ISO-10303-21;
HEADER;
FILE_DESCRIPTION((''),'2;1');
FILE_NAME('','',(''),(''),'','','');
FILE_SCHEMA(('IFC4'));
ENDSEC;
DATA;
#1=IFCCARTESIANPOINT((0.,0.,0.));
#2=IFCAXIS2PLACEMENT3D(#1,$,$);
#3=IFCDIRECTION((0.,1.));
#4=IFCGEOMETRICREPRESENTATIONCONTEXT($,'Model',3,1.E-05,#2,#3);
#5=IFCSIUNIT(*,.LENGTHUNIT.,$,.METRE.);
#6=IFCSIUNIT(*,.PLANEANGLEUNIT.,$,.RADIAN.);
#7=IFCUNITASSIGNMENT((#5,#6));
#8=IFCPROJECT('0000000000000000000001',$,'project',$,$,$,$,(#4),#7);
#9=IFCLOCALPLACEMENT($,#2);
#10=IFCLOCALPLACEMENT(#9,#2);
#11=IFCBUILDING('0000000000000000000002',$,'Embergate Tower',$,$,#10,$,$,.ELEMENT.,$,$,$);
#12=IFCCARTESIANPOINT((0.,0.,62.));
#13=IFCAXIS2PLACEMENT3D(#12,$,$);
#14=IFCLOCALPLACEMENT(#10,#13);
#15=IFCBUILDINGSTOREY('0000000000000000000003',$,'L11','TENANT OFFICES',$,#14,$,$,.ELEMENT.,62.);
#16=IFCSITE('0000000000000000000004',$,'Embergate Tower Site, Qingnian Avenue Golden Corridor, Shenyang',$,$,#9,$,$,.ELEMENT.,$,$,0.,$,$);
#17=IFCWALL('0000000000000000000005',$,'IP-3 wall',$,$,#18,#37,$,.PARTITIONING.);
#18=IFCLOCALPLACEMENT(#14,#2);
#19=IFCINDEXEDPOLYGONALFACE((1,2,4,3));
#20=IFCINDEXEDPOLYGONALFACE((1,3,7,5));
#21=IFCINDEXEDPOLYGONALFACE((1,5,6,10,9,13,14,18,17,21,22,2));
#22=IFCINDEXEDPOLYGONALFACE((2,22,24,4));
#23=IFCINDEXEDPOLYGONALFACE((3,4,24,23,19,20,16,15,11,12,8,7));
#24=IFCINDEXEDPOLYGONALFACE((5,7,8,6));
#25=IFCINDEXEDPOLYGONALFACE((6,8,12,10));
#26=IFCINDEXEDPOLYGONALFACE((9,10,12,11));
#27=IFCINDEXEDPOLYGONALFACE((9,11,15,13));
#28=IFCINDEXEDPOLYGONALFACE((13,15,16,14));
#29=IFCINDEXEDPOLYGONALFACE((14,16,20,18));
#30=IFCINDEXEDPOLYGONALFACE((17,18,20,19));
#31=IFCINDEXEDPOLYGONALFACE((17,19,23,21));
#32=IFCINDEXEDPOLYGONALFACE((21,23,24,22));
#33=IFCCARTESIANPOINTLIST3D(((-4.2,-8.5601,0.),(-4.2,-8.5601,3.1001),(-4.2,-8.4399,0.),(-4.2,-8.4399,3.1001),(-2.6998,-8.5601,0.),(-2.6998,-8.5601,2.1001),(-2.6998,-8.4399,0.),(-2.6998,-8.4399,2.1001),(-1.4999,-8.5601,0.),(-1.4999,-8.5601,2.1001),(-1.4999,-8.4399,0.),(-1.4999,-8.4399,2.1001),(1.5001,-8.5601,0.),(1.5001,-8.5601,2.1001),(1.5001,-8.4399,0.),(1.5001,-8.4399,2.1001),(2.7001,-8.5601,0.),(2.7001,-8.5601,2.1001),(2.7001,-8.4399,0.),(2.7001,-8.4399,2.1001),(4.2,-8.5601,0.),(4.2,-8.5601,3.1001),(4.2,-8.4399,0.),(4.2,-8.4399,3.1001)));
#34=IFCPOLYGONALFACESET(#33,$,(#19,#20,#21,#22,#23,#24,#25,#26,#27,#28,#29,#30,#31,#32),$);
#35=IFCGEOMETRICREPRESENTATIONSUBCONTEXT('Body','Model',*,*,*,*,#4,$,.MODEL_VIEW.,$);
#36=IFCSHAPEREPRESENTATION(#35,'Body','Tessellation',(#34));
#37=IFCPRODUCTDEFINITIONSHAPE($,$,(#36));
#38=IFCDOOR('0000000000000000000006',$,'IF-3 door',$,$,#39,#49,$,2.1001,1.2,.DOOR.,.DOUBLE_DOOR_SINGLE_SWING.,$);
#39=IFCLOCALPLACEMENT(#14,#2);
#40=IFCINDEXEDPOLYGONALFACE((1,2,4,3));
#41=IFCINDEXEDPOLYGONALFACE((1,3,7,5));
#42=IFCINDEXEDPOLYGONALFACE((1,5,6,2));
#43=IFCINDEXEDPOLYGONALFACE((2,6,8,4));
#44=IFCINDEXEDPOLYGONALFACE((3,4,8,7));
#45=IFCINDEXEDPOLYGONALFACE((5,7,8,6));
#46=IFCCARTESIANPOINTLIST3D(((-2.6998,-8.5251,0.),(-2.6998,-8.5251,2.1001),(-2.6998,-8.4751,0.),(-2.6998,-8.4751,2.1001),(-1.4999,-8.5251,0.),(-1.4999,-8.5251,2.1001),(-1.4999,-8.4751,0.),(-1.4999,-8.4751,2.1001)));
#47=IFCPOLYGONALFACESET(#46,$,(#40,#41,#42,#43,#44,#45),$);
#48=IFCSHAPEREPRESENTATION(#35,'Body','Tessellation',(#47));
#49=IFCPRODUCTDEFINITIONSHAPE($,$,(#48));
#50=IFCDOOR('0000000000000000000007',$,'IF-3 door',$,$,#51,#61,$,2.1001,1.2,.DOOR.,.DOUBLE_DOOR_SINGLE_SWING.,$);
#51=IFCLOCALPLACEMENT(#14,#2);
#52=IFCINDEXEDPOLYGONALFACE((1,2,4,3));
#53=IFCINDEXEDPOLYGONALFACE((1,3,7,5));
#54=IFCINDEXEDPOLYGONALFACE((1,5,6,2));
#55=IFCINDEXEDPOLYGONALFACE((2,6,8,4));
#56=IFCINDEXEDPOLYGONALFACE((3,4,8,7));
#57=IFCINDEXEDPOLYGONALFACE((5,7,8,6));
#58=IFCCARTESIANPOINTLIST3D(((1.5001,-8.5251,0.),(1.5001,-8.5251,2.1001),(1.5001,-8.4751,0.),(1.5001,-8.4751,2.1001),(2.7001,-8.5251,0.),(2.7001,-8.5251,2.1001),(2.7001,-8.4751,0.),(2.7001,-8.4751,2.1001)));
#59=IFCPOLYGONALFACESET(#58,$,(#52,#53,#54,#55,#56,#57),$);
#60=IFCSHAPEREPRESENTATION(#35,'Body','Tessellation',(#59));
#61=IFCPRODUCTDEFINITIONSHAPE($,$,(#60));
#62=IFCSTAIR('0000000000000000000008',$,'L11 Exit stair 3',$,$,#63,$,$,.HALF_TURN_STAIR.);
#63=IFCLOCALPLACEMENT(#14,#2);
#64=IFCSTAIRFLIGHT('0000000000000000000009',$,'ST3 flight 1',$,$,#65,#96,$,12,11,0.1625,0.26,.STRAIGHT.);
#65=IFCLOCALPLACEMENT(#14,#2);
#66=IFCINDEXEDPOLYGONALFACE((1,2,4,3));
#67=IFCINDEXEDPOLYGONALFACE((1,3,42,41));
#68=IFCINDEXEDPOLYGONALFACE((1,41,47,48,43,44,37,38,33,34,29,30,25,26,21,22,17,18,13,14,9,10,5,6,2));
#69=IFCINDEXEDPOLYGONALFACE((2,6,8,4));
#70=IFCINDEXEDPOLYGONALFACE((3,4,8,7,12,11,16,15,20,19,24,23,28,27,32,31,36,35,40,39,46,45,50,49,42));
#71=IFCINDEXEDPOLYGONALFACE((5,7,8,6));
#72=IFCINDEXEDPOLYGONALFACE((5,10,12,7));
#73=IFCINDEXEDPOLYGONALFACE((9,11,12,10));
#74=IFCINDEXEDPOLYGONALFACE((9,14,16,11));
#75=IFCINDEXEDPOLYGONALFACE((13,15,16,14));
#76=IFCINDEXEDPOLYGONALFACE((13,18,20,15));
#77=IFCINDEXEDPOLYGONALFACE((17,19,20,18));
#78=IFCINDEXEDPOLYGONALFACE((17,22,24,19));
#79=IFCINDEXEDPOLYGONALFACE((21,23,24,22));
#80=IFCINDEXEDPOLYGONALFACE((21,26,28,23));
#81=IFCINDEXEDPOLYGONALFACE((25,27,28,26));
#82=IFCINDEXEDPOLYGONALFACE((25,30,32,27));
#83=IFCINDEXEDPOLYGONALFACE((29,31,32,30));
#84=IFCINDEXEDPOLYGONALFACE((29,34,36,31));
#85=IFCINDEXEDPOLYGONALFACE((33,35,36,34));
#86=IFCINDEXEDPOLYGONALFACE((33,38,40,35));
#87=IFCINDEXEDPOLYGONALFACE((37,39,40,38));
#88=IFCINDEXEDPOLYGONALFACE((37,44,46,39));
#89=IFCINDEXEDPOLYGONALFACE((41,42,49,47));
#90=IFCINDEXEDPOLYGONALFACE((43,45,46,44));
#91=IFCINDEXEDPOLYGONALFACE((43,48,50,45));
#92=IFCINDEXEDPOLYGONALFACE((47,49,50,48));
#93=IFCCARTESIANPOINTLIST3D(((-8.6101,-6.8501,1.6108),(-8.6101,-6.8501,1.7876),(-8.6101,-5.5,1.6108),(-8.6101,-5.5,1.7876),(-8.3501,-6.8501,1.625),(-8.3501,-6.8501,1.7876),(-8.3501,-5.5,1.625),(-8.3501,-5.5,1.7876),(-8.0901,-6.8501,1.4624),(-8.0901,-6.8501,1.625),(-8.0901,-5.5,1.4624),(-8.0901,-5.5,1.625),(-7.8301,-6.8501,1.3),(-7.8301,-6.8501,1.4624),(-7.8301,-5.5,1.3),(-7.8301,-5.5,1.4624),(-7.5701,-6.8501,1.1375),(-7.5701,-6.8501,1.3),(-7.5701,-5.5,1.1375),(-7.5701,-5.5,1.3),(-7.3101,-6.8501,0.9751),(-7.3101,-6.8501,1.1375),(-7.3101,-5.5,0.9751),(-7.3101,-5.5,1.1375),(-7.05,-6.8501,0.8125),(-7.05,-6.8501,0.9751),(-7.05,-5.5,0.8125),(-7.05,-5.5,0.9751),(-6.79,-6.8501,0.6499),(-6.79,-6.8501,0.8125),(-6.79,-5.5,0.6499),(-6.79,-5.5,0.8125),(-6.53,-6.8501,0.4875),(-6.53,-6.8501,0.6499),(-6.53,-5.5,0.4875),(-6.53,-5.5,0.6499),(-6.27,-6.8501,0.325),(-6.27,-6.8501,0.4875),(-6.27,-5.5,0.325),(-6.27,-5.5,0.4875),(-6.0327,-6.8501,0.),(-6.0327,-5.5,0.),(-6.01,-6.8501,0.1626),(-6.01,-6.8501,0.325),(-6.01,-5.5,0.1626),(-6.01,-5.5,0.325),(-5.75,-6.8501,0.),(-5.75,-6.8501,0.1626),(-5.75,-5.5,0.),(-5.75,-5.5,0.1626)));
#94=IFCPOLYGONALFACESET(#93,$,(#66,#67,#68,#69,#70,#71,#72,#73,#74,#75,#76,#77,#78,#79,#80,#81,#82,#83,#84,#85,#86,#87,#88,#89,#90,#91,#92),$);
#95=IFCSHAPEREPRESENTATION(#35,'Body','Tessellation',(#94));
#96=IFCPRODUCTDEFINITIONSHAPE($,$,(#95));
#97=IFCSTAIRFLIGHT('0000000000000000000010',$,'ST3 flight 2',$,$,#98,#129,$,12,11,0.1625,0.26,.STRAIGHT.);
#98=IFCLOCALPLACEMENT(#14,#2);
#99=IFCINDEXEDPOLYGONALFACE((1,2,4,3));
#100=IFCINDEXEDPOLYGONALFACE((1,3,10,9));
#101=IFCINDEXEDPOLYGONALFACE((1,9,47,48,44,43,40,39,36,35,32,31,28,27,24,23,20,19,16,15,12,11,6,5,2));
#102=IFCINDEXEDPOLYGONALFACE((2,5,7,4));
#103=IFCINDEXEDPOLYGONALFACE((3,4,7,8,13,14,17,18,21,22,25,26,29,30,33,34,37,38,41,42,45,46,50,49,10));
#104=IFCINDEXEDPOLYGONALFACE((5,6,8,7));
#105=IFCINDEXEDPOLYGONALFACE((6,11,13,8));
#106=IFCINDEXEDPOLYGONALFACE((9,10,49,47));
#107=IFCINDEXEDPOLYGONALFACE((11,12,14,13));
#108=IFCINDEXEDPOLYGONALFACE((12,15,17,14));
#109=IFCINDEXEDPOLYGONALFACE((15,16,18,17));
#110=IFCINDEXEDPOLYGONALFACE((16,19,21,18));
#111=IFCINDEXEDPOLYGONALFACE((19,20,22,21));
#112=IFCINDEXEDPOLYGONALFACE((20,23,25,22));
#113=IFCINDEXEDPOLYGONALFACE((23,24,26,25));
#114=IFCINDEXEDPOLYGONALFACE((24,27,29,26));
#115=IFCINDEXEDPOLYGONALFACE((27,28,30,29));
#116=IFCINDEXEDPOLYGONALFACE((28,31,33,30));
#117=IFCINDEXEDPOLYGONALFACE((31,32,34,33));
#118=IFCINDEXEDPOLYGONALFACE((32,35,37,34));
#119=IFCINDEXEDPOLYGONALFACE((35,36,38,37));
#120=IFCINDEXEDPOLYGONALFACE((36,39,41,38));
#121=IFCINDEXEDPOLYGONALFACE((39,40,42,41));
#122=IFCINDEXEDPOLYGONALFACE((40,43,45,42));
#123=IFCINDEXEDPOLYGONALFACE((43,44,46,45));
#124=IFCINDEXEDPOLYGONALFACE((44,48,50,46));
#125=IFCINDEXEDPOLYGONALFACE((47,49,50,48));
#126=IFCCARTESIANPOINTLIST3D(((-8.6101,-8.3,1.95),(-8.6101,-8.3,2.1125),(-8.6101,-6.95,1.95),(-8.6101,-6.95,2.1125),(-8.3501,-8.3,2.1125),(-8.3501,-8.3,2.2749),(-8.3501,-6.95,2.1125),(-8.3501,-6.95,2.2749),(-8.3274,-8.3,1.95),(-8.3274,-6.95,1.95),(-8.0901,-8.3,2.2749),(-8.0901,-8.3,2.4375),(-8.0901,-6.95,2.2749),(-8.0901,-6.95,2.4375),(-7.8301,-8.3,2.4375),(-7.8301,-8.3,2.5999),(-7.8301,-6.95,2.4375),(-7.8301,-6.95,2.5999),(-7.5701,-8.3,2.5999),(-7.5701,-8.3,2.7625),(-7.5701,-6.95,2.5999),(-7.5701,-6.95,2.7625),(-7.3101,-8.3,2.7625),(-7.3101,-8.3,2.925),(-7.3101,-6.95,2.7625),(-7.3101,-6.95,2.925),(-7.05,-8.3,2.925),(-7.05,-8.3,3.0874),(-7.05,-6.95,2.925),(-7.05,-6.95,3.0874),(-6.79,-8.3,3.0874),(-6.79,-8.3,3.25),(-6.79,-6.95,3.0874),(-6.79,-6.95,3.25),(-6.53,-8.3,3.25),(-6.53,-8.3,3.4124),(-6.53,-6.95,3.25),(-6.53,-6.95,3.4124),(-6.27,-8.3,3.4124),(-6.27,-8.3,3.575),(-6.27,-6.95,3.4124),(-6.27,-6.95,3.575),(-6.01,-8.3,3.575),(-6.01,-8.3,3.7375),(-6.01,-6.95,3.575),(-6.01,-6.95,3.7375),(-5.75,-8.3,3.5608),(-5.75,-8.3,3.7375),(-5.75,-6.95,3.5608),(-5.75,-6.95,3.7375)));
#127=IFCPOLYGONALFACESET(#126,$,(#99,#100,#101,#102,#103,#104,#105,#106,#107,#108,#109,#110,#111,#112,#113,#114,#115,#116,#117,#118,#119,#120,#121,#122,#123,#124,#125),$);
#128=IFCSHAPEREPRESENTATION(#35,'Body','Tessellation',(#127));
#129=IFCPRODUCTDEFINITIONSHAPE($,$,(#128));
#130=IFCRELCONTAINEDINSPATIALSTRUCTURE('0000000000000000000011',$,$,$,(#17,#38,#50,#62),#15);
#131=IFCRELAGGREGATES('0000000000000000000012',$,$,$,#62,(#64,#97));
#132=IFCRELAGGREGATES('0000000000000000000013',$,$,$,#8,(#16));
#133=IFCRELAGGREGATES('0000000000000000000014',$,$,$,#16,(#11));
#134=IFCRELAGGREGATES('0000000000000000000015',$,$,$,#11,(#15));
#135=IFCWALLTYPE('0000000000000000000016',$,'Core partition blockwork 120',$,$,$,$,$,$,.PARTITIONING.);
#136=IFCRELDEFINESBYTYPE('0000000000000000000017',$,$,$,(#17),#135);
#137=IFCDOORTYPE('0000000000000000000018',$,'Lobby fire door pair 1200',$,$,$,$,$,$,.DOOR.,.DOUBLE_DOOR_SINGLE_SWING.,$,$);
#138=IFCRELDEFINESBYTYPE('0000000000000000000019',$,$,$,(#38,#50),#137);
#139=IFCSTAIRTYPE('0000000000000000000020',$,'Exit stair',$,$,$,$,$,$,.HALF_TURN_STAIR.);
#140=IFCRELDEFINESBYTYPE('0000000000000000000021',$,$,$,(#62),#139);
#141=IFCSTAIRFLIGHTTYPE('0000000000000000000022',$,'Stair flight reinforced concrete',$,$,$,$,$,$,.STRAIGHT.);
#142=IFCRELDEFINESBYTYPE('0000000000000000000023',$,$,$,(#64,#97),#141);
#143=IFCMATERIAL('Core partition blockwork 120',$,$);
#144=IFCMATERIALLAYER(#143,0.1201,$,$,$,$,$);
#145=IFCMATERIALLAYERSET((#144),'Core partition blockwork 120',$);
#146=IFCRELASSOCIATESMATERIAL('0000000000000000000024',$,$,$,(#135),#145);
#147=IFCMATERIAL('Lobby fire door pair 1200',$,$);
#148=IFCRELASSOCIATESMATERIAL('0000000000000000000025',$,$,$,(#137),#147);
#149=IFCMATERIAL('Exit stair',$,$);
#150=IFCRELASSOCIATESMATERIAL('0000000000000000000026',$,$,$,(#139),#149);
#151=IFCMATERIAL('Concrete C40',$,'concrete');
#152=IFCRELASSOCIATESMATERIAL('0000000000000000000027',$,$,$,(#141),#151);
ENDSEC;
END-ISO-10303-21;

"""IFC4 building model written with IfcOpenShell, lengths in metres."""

from ifc_helpers import new_model, si_unit, direction, frame, frame_2d, origin, place, context, subcontext, project, spatial, polyline, rectangle, outline, extrude, source, transform, mapped, material, layer, layer_set, type_object, element, fill, aggregate, save


model = new_model("IFC4")

# Units and contexts
model_context = context("Model", 3, precision=1e-05, world=origin(), true_north=direction((0.0, 1.0)))
body_context = subcontext(model_context, "Body", "Model", "MODEL_VIEW")
ifc_project = project(units=[si_unit("LENGTHUNIT", "METRE"), si_unit("PLANEANGLEUNIT", "RADIAN")], contexts=[model_context])

# Site, building, storey
site_placement = place(None, origin())
site = spatial("IfcSite", under=ifc_project, at=site_placement, Name="Embergate Tower Site, Qingnian Avenue Golden Corridor, Shenyang", CompositionType="ELEMENT", RefElevation=0.0)
building_placement = place(site_placement, origin())
building = spatial("IfcBuilding", under=site, at=building_placement, Name="Embergate Tower", CompositionType="ELEMENT")
storey_placement = place(building_placement, frame((0.0, 0.0, 62.0)))
storey = spatial("IfcBuildingStorey", under=building, at=storey_placement, Name="L11", Description="TENANT OFFICES", CompositionType="ELEMENT", Elevation=62.0)

# Shared definitions
ifc_material_1 = material(Name="Core partition blockwork 120")
ifc_layer_1 = layer(ifc_material_1, 0.1201)
ifc_layer_set_1 = layer_set([ifc_layer_1], Name="Core partition blockwork 120")
wall_type_1 = type_object("IfcWallType", Name="Core partition blockwork 120", PredefinedType="PARTITIONING", material=ifc_layer_set_1)

# Shared definitions
shared_shape_1 = source(origin(), body_context, "Body", "SweptSolid", [
    extrude(rectangle(XDim=1.2, YDim=2.1001, at=frame_2d((0.6001, 1.05))), frame((0.0, 0.0249, 0.0), z_axis=(0.0, -1.0, 0.0), x_axis=(1.0, 0.0, 0.0)), (0.0, 0.0, 1.0), 0.05),
])

# Wall, openings, doors
shared_shape_2 = source(origin(), body_context, "Body", "SweptSolid", [
    extrude(rectangle(XDim=8.3999, YDim=0.1201, at=frame_2d((4.2, 0.0))), origin(), (0.0, 0.0, 1.0), 3.1001),
])
wall_1_placement = place(storey_placement, frame((-4.2, -8.5, 0.0), z_axis=(0.0, 0.0, 1.0), x_axis=(1.0, 0.0, 0.0)))
wall_1 = element("IfcWall", 1, at=wall_1_placement, inside=storey, type_object=wall_type_1, Name="IP-3 wall", PredefinedType="PARTITIONING", context=body_context, shape_type="MappedRepresentation", body=[
    mapped(shared_shape_2, transform((0.0, 0.0, 0.0))),
])
shared_shape_3 = source(origin(), body_context, "Body", "SweptSolid", [
    extrude(rectangle(XDim=1.2, YDim=2.1001, at=frame_2d((0.6001, 1.05))), frame((0.0, 0.0701, 0.0), z_axis=(0.0, -1.0, 0.0), x_axis=(1.0, 0.0, 0.0)), (0.0, 0.0, 1.0), 0.1401),
])
opening_1_placement = place(wall_1_placement, frame((1.5, 0.0, 0.0)))
opening_1 = element("IfcOpeningElement", 2, at=opening_1_placement, cuts=wall_1, PredefinedType="OPENING", context=body_context, shape_type="MappedRepresentation", body=[
    mapped(shared_shape_3, transform((0.0, 0.0, 0.0))),
])
opening_2_placement = place(wall_1_placement, frame((5.7, 0.0, 0.0)))
opening_2 = element("IfcOpeningElement", 3, at=opening_2_placement, cuts=wall_1, PredefinedType="OPENING", context=body_context, shape_type="MappedRepresentation", body=[
    mapped(shared_shape_3, transform((0.0, 0.0, 0.0))),
])
ifc_material_2 = material(Name="Lobby fire door pair 1200")
door_type_1 = type_object("IfcDoorType", Name="Lobby fire door pair 1200", OperationType="DOUBLE_DOOR_SINGLE_SWING", PredefinedType="DOOR", material=ifc_material_2)
door_1_placement = place(opening_1_placement, origin())
door_1 = element("IfcDoor", 4, at=door_1_placement, inside=storey, type_object=door_type_1, Name="IF-3 door", OperationType="DOUBLE_DOOR_SINGLE_SWING", OverallHeight=2.1001, OverallWidth=1.2, PredefinedType="DOOR", context=body_context, shape_type="MappedRepresentation", body=[
    mapped(shared_shape_1, transform((0.0, 0.0, 0.0))),
])
fill(opening_1, door_1)
door_2_placement = place(opening_2_placement, origin())
door_2 = element("IfcDoor", 5, at=door_2_placement, inside=storey, type_object=door_type_1, Name="IF-3 door", OperationType="DOUBLE_DOOR_SINGLE_SWING", OverallHeight=2.1001, OverallWidth=1.2, PredefinedType="DOOR", context=body_context, shape_type="MappedRepresentation", body=[
    mapped(shared_shape_1, transform((0.0, 0.0, 0.0))),
])
fill(opening_2, door_2)

# Stair, stair flights
ifc_material_3 = material(Name="Exit stair")
stair_type = type_object("IfcStairType", Name="Exit stair", PredefinedType="HALF_TURN_STAIR", material=ifc_material_3)
stair_placement = place(storey_placement, origin())
stair = element("IfcStair", 6, at=stair_placement, inside=storey, type_object=stair_type, Name="L11 Exit stair 3", PredefinedType="HALF_TURN_STAIR")
ifc_material_4 = material(Name="Concrete C40", Category="concrete")
stair_flight_type = type_object("IfcStairFlightType", Name="Stair flight reinforced concrete", PredefinedType="STRAIGHT", material=ifc_material_4)
shared_shape_4 = source(origin(), body_context, "Body", "SweptSolid", [
    extrude(outline(polyline([(0.0, 0.0), (0.0, 0.1626), (0.26, 0.1626), (0.26, 0.325), (0.52, 0.325), (0.52, 0.4875), (0.78, 0.4875), (0.78, 0.6499), (1.04, 0.6499), (1.04, 0.8125), (1.3, 0.8125), (1.3, 0.9751), (1.5601, 0.9751), (1.5601, 1.1375), (1.8201, 1.1375), (1.8201, 1.3), (2.0801, 1.3), (2.0801, 1.4624), (2.3401, 1.4624), (2.3401, 1.625), (2.6001, 1.625), (2.6001, 1.7876), (2.8601, 1.7876), (2.8601, 1.95), (2.8601, 1.6108), (0.2827, 0.0), (0.0, 0.0)])), frame((0.0, 0.675, 0.0), z_axis=(0.0, -1.0, 0.0), x_axis=(1.0, 0.0, 0.0)), (0.0, 0.0, 1.0), 1.3501),
])
stair_flight_1_placement = place(storey_placement, frame((-5.75, -6.175, 0.0), z_axis=(0.0, 0.0, 1.0), x_axis=(-1.0, 0.0, 0.0)))
stair_flight_1 = element("IfcStairFlight", 7, at=stair_flight_1_placement, type_object=stair_flight_type, Name="ST3 flight 1", NumberOfRisers=12, NumberOfTreads=11, PredefinedType="STRAIGHT", RiserHeight=0.1625, TreadLength=0.26, context=body_context, shape_type="MappedRepresentation", body=[
    mapped(shared_shape_4, transform((0.0, 0.0, 0.0))),
])
stair_flight_2_placement = place(storey_placement, frame((-8.6101, -7.625, 1.95), z_axis=(0.0, 0.0, 1.0), x_axis=(1.0, 0.0, 0.0)))
stair_flight_2 = element("IfcStairFlight", 8, at=stair_flight_2_placement, type_object=stair_flight_type, Name="ST3 flight 2", NumberOfRisers=12, NumberOfTreads=11, PredefinedType="STRAIGHT", RiserHeight=0.1625, TreadLength=0.26, context=body_context, shape_type="MappedRepresentation", body=[
    mapped(shared_shape_4, transform((0.0, 0.0, 0.0))),
])
aggregate(stair, [stair_flight_1, stair_flight_2])

save(model, "model.ifc")
